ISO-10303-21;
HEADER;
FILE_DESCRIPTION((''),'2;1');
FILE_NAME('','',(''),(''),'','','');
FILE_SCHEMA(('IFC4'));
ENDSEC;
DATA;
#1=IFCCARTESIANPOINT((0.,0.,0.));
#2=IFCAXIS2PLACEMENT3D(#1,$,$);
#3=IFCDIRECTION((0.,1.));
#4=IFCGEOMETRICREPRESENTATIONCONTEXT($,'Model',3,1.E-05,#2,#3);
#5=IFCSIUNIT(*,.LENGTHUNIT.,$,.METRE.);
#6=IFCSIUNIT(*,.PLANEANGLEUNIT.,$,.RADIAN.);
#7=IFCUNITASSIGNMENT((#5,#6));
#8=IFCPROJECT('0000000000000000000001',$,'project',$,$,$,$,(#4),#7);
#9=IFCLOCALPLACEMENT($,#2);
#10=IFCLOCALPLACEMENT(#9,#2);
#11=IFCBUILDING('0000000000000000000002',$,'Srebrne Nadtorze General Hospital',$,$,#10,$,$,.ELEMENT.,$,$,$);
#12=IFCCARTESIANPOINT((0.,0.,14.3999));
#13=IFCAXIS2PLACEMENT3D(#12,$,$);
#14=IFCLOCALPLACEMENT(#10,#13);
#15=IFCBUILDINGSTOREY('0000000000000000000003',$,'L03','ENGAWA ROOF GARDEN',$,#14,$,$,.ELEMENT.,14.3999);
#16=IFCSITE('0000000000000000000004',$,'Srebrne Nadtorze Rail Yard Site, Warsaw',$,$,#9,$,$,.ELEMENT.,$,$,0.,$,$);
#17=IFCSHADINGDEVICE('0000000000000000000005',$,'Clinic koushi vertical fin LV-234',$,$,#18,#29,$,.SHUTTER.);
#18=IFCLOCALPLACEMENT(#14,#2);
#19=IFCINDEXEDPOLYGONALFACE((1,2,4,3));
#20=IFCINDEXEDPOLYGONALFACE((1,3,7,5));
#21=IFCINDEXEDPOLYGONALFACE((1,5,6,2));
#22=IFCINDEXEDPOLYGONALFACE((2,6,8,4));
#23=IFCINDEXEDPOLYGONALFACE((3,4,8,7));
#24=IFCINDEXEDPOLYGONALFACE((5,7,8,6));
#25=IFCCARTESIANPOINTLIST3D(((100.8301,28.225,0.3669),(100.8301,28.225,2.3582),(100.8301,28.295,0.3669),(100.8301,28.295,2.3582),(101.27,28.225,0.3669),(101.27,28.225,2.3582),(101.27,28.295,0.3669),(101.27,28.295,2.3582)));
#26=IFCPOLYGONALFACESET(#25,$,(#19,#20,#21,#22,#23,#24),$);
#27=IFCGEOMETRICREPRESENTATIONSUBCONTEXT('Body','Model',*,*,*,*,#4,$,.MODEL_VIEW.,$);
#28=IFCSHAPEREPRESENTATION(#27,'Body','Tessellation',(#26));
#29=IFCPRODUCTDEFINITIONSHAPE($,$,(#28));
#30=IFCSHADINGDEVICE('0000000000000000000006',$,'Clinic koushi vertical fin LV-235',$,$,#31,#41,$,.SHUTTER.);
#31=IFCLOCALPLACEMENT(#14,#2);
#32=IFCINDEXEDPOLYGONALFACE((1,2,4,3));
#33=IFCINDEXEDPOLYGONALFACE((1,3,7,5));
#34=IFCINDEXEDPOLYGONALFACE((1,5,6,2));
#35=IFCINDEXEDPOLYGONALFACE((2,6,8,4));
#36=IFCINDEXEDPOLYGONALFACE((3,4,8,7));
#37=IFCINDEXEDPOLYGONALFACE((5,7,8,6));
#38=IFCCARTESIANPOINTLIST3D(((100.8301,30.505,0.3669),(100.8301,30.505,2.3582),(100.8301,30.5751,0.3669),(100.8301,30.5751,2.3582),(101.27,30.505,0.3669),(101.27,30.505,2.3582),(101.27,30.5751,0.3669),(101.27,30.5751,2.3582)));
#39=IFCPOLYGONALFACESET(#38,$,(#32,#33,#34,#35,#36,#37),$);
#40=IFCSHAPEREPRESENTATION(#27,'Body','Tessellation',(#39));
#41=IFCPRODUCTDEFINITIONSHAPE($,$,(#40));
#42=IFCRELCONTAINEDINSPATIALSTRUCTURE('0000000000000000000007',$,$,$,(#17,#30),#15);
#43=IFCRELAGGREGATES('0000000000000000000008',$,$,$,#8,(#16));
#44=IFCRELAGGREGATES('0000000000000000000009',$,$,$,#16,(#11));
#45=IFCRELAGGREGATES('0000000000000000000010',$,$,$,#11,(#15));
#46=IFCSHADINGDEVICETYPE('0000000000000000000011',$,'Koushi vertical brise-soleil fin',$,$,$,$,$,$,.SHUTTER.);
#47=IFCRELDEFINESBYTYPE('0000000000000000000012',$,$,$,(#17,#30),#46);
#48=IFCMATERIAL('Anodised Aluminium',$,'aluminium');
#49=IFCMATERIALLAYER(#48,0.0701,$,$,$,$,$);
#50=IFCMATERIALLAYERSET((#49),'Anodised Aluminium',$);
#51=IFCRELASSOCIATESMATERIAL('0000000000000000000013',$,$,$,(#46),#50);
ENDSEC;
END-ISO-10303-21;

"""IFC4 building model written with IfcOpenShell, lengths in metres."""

from ifc_helpers import new_model, si_unit, direction, frame, origin, origin_2d, place, context, subcontext, project, spatial, rectangle, extrude, material, layer, layer_set, type_object, element, save


model = new_model("IFC4")

# Units and contexts
model_context = context("Model", 3, precision=1e-05, world=origin(), true_north=direction((0.0, 1.0)))
body_context = subcontext(model_context, "Body", "Model", "MODEL_VIEW")
ifc_project = project(units=[si_unit("LENGTHUNIT", "METRE"), si_unit("PLANEANGLEUNIT", "RADIAN")], contexts=[model_context])

# Site, building, storey
site_placement = place(None, origin())
site = spatial("IfcSite", under=ifc_project, at=site_placement, Name="Srebrne Nadtorze Rail Yard Site, Warsaw", CompositionType="ELEMENT", RefElevation=0.0)
building_placement = place(site_placement, origin())
building = spatial("IfcBuilding", under=site, at=building_placement, Name="Srebrne Nadtorze General Hospital", CompositionType="ELEMENT")
storey_placement = place(building_placement, frame((0.0, 0.0, 14.3999)))
storey = spatial("IfcBuildingStorey", under=building, at=storey_placement, Name="L03", Description="ENGAWA ROOF GARDEN", CompositionType="ELEMENT", Elevation=14.3999)

# Shading devices
ifc_material_1 = material(Name="Anodised Aluminium", Category="aluminium")
ifc_layer_1 = layer(ifc_material_1, 0.0701)
ifc_layer_set_1 = layer_set([ifc_layer_1], Name="Anodised Aluminium")
shading_device_type_1 = type_object("IfcShadingDeviceType", Name="Koushi vertical brise-soleil fin", PredefinedType="SHUTTER", material=ifc_layer_set_1)
for number, where, z_axis, x_axis, name in (
    (1, (101.05, 28.26, 0.3669), (0.0, 0.0, 1.0), (1.0, 0.0, 0.0), "Clinic koushi vertical fin LV-234"),
    (2, (101.05, 30.54, 0.3669), (0.0, 0.0, 1.0), (1.0, 0.0, 0.0), "Clinic koushi vertical fin LV-235"),
):
    element("IfcShadingDevice", number, at=place(storey_placement, frame(where, z_axis=z_axis, x_axis=x_axis)), inside=storey, type_object=shading_device_type_1, Name=name, PredefinedType="SHUTTER", context=body_context, shape_type="SweptSolid", body=[
        extrude(rectangle(XDim=0.4399, YDim=0.0701, at=origin_2d()), origin(), (0.0, 0.0, 1.0), 1.9912),
    ])

save(model, "model.ifc")
